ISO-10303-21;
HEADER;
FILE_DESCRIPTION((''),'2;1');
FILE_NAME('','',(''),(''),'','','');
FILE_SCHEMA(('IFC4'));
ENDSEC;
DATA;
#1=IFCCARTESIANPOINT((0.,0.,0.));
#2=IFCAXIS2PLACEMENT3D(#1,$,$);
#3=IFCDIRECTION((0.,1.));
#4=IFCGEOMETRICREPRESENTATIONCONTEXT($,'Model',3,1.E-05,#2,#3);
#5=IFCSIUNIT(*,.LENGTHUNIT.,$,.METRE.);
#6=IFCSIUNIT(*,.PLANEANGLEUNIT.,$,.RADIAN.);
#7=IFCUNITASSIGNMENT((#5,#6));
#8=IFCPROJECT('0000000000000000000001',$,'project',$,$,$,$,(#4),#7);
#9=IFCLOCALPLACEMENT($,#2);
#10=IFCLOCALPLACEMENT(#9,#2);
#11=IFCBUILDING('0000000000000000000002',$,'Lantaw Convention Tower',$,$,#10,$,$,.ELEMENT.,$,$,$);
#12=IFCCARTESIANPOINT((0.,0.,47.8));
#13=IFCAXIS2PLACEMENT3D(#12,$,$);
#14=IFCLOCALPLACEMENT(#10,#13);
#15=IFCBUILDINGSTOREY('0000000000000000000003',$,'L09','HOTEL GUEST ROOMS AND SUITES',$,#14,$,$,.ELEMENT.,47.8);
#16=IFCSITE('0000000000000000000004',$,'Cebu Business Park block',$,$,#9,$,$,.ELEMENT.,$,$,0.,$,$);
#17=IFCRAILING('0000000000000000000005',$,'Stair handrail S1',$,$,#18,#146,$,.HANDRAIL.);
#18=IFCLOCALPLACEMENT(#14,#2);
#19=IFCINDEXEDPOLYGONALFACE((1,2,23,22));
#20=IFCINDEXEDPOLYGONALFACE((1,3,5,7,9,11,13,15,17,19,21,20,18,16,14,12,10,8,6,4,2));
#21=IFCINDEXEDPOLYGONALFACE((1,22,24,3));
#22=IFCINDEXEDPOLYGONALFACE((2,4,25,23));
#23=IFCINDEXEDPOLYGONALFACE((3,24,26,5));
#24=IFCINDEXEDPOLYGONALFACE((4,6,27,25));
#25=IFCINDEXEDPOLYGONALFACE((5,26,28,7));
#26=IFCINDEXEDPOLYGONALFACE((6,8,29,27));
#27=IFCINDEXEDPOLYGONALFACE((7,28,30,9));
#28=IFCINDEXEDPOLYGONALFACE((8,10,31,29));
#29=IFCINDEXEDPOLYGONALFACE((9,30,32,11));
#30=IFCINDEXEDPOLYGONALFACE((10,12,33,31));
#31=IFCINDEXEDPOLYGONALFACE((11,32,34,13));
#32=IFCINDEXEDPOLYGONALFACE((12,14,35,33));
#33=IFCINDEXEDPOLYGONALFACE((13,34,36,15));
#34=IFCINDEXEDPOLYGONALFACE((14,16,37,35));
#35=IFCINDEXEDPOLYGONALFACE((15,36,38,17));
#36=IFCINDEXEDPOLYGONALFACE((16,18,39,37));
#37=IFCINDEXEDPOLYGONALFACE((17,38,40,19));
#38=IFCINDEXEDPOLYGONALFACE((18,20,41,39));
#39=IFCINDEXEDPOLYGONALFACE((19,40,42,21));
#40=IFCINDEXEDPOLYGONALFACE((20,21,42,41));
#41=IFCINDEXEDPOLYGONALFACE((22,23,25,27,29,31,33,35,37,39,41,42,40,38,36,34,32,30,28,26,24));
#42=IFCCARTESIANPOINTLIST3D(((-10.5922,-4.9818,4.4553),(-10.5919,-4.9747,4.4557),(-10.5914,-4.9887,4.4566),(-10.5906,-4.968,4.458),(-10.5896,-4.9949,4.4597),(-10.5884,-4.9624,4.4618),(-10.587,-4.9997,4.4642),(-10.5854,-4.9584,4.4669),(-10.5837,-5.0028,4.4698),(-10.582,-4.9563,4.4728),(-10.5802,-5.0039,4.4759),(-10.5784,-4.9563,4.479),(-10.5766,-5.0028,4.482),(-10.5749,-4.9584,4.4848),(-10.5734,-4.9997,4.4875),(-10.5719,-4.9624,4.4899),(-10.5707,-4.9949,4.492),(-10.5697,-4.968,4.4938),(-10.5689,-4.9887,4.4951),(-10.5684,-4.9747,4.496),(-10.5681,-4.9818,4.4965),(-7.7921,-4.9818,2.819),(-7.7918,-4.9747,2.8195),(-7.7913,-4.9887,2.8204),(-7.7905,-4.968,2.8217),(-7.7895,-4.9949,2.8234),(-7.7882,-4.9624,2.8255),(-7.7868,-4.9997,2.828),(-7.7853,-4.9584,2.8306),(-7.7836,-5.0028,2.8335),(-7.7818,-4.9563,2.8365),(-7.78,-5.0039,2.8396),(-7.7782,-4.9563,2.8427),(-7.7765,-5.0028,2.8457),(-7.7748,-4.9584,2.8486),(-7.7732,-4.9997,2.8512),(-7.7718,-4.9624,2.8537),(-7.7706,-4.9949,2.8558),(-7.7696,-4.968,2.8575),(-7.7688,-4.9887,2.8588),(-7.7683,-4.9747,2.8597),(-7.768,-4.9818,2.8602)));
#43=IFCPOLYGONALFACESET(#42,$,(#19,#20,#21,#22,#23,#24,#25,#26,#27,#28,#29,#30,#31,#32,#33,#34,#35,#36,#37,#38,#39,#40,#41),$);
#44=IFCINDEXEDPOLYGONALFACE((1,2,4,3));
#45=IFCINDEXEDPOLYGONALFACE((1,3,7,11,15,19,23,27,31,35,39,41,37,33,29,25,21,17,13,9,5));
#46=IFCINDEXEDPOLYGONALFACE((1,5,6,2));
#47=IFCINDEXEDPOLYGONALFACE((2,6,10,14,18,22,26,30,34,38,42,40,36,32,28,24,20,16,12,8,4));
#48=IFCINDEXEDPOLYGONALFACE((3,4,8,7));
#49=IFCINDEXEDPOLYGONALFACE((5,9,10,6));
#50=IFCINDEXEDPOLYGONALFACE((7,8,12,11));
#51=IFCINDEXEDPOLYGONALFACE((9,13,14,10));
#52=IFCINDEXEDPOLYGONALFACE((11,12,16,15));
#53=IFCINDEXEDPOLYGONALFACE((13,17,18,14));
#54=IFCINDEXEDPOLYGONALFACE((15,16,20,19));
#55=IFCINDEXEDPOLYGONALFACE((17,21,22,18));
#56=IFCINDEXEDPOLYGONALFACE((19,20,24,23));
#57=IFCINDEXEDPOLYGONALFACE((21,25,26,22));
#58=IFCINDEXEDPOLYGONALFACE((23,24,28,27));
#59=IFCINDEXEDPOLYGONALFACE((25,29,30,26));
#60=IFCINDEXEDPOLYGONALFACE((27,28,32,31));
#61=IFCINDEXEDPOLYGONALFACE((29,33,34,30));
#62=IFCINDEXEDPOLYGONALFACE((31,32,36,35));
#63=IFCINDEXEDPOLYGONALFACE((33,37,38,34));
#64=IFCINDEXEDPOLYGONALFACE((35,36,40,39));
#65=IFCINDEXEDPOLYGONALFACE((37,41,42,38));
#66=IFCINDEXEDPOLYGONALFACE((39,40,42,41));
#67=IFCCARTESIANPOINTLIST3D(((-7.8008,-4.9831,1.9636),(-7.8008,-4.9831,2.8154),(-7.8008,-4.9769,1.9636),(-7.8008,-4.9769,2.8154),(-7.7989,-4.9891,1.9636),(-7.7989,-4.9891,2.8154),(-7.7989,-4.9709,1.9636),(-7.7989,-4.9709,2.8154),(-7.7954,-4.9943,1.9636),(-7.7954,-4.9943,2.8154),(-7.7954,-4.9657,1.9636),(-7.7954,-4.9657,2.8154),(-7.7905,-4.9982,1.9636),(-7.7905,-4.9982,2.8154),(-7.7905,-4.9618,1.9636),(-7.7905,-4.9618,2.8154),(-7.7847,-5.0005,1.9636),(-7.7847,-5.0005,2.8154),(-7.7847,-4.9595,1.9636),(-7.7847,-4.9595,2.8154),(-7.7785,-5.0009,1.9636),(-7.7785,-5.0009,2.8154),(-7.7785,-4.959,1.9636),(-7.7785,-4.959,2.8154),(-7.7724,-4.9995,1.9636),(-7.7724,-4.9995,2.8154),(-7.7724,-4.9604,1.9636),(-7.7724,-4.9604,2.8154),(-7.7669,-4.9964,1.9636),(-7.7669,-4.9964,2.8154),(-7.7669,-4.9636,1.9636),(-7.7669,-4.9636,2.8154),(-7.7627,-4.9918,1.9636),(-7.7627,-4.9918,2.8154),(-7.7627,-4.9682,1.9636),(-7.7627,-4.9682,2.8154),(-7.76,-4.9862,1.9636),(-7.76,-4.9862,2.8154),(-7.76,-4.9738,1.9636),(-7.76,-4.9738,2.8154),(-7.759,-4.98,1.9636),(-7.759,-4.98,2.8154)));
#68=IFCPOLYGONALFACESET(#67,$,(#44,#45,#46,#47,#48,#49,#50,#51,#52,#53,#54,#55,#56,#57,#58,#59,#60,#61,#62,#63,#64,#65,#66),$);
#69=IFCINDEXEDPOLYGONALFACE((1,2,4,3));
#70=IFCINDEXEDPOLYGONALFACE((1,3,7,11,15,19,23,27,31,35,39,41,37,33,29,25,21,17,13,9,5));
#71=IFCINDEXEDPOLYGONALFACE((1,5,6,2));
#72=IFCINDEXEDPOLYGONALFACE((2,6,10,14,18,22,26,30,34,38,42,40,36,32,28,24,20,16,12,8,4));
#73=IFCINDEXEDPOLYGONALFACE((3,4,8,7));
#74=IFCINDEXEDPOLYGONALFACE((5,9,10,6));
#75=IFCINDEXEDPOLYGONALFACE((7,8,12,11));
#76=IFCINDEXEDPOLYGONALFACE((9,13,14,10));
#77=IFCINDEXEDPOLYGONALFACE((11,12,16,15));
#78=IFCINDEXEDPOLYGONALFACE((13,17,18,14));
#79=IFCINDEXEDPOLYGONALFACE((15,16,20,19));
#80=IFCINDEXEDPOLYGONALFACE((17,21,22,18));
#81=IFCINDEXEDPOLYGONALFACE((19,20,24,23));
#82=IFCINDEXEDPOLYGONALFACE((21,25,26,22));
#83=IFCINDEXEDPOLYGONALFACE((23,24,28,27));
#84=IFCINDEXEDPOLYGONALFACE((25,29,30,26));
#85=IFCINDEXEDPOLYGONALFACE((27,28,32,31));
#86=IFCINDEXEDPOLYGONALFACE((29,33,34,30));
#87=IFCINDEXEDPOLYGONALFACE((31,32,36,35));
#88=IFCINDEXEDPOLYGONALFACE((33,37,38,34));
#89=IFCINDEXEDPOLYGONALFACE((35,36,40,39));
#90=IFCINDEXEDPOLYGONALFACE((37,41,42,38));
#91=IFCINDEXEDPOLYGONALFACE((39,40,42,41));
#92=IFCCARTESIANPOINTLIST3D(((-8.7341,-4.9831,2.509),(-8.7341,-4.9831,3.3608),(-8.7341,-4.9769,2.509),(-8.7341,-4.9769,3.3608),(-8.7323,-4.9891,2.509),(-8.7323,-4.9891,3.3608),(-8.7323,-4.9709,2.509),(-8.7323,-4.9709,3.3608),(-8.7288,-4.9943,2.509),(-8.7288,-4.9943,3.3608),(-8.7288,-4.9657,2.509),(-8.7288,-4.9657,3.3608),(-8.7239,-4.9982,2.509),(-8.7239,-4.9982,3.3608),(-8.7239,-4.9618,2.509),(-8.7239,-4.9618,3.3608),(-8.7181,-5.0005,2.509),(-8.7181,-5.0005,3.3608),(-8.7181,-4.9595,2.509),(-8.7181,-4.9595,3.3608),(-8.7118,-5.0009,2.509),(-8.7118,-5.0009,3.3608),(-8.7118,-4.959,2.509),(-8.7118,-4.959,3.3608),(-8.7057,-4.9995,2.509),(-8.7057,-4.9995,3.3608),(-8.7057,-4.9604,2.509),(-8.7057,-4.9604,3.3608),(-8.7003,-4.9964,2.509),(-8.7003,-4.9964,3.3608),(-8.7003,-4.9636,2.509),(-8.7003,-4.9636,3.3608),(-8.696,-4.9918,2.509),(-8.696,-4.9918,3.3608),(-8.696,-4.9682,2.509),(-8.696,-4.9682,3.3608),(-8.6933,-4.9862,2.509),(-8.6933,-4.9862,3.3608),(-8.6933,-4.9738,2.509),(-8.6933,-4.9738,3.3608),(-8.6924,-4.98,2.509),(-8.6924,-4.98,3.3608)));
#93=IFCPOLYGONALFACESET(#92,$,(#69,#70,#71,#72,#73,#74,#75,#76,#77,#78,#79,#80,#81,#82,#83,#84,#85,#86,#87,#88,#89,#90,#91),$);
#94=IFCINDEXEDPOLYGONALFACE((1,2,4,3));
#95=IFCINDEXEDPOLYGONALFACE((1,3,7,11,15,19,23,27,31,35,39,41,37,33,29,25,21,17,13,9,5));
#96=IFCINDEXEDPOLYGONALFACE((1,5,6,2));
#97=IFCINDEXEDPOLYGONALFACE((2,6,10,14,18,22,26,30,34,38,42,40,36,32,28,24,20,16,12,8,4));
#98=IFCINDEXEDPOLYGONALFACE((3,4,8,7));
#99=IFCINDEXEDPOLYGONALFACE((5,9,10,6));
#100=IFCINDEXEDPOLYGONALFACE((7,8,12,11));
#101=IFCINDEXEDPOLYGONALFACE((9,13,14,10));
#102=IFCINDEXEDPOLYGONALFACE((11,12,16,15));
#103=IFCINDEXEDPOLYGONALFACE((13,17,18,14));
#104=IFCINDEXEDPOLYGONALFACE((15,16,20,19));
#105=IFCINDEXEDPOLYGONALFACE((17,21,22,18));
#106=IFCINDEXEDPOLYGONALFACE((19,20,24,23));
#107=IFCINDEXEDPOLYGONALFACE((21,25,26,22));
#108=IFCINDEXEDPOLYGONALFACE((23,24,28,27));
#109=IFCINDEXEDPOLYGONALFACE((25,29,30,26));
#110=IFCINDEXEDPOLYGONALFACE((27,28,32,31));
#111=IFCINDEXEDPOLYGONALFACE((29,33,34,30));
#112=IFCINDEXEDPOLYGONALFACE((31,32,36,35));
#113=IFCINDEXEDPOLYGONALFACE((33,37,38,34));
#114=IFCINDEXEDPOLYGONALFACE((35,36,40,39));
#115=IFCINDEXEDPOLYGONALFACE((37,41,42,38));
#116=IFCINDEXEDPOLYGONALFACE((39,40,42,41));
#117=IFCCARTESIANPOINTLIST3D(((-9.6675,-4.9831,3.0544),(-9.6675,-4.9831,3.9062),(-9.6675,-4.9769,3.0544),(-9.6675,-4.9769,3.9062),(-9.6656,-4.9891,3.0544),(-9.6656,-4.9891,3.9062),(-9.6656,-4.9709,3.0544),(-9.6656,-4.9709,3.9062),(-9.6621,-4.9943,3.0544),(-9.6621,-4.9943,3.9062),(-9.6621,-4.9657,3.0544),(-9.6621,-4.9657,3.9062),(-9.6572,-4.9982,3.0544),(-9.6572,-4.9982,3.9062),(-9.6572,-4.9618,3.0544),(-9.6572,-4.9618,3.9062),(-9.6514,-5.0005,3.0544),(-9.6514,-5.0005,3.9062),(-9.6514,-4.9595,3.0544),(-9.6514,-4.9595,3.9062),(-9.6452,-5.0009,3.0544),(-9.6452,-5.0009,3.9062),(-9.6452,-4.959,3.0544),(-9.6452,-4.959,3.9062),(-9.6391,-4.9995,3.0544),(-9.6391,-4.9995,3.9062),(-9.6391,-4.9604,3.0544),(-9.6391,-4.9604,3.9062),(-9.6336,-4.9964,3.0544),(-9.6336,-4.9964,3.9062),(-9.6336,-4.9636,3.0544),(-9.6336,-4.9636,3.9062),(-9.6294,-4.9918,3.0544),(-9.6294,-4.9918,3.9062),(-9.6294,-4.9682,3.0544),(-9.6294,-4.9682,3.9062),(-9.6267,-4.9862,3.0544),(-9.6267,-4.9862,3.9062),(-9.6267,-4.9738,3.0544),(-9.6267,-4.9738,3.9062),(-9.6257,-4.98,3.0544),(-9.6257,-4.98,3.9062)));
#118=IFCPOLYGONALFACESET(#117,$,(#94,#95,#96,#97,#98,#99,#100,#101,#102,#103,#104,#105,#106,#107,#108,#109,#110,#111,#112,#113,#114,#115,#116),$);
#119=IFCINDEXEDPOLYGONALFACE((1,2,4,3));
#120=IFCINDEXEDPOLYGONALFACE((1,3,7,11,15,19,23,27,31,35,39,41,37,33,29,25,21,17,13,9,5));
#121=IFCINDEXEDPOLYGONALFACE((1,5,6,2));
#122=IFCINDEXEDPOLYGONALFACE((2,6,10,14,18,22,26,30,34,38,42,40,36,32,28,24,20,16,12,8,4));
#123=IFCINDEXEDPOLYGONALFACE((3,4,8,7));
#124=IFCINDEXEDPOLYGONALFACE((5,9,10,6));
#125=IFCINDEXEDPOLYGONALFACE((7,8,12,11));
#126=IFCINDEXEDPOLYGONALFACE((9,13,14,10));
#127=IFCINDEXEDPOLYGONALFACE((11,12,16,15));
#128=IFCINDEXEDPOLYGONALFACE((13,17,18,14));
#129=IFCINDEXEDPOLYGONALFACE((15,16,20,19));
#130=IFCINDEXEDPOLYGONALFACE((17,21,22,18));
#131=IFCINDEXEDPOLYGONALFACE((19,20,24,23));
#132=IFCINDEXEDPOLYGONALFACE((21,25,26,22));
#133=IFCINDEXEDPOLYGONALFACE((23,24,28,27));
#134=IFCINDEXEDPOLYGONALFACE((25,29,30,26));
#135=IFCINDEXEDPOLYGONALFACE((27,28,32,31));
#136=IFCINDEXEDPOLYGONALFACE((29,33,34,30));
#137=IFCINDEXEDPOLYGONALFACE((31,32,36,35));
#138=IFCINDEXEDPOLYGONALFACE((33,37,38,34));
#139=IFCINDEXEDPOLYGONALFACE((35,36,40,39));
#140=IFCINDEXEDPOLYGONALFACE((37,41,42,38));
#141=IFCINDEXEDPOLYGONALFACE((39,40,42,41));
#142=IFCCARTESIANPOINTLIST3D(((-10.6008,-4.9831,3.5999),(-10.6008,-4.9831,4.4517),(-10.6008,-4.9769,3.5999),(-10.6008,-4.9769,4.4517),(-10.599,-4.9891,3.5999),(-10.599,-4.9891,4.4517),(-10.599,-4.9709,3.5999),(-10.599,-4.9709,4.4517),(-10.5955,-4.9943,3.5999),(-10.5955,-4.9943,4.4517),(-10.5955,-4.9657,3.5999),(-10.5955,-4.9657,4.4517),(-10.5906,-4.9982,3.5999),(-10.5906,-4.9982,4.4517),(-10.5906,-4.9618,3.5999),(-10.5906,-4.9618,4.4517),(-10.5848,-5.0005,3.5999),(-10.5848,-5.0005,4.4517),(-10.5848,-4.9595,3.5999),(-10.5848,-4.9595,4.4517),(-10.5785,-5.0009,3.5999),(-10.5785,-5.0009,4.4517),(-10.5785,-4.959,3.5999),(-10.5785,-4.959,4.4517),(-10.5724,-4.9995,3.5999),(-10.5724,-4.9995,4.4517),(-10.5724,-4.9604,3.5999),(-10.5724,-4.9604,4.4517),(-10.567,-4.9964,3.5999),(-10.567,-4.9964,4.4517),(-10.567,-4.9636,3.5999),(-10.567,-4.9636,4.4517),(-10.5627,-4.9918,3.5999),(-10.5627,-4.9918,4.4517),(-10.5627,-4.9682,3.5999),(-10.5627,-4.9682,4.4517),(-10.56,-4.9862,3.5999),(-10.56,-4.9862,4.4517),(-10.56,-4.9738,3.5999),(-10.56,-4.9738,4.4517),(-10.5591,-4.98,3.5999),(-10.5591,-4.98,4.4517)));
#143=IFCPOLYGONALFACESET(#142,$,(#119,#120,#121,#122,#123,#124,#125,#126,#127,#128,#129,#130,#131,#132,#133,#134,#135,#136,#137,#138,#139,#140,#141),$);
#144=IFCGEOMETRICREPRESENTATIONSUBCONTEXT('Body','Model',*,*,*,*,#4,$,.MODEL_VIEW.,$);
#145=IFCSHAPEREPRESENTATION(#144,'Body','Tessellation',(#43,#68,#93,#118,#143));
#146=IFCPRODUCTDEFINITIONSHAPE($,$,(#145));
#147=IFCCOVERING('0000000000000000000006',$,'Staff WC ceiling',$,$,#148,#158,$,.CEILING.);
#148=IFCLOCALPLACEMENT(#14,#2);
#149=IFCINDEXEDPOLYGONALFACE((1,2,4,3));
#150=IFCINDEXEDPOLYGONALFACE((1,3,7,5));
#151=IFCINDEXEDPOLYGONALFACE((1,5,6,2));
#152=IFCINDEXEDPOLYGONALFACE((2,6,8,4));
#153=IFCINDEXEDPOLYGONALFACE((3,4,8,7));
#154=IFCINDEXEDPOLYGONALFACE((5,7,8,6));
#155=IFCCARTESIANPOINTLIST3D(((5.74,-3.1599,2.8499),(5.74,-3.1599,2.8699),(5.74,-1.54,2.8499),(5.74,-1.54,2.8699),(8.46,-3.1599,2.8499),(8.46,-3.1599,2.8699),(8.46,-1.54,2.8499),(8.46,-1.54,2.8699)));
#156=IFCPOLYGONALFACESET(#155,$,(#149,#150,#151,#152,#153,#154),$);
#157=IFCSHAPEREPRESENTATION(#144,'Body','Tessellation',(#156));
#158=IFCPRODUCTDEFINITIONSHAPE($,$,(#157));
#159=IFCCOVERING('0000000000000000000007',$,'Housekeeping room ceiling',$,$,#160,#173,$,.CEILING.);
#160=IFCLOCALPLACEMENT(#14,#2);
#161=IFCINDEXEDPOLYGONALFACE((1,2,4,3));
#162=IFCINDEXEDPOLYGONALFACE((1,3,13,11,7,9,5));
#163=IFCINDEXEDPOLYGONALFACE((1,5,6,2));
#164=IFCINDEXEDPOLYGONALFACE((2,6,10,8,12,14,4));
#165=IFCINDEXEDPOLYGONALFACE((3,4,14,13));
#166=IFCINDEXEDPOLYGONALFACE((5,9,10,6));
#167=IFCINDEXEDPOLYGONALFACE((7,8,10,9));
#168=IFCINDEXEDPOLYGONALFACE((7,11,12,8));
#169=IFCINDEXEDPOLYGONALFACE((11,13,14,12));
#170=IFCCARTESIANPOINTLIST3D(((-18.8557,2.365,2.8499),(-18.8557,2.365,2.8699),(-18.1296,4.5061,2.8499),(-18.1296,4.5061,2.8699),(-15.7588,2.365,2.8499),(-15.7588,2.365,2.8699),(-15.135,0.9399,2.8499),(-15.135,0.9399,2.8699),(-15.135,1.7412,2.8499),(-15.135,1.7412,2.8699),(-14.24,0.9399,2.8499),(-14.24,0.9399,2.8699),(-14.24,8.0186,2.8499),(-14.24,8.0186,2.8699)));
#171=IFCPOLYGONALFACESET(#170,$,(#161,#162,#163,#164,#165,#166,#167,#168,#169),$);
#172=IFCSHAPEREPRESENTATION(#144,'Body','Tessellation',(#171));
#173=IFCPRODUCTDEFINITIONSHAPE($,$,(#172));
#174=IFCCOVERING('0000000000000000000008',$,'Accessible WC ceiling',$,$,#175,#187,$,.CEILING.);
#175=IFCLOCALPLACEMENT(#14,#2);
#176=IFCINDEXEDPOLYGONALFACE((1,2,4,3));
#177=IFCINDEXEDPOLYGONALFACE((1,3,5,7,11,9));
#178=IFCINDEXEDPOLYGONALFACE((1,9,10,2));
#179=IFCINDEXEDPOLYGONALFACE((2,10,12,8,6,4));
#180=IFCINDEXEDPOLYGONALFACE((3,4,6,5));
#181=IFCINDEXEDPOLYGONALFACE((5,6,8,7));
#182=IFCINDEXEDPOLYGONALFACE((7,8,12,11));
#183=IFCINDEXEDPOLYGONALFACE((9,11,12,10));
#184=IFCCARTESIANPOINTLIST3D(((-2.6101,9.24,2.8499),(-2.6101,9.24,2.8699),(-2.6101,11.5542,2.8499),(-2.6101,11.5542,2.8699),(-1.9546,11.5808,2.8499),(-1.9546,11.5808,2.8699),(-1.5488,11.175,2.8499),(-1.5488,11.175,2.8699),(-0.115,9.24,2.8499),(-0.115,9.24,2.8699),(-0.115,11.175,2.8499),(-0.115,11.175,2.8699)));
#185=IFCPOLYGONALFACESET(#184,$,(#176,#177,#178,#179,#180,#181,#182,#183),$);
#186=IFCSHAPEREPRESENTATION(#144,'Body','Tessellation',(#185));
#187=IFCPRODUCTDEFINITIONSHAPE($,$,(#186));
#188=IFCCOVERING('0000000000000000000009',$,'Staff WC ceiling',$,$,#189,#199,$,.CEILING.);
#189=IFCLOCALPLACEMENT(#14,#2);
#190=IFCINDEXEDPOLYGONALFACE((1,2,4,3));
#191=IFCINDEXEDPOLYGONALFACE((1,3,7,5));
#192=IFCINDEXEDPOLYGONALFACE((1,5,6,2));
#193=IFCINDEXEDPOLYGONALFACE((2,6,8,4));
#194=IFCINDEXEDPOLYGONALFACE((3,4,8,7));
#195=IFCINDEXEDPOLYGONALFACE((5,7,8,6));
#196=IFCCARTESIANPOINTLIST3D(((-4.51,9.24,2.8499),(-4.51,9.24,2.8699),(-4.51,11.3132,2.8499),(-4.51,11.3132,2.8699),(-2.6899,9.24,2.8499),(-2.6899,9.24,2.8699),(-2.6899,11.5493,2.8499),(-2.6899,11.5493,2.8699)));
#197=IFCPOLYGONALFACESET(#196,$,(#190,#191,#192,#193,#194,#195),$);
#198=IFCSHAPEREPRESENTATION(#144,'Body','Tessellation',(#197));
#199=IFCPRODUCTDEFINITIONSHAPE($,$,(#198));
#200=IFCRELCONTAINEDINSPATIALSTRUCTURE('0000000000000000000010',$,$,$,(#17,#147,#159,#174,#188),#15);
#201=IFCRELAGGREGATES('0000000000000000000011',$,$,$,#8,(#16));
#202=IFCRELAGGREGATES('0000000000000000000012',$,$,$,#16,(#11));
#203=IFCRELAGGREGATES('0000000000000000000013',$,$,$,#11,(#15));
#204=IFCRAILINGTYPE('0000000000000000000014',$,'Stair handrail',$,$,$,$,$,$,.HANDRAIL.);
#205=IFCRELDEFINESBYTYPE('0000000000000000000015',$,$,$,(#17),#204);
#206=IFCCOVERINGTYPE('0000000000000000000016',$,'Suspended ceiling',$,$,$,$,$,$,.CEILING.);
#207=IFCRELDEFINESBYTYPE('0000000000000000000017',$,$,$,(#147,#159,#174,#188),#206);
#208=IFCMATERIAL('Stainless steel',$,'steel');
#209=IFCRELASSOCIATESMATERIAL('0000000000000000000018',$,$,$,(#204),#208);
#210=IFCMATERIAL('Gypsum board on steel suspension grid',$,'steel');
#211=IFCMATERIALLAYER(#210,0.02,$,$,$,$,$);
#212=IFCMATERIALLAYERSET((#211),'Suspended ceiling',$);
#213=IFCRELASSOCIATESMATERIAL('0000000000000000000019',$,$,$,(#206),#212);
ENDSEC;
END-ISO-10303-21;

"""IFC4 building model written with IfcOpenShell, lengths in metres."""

from ifc_helpers import new_model, si_unit, direction, frame, origin, origin_2d, place, context, subcontext, project, spatial, polyline, circle, outline, extrude, material, layer, layer_set, type_object, element, save


model = new_model("IFC4")

# Units and contexts
model_context = context("Model", 3, precision=1e-05, world=origin(), true_north=direction((0.0, 1.0)))
body_context = subcontext(model_context, "Body", "Model", "MODEL_VIEW")
ifc_project = project(units=[si_unit("LENGTHUNIT", "METRE"), si_unit("PLANEANGLEUNIT", "RADIAN")], contexts=[model_context])

# Site, building, storey
site_placement = place(None, origin())
site = spatial("IfcSite", under=ifc_project, at=site_placement, Name="Cebu Business Park block", CompositionType="ELEMENT", RefElevation=0.0)
building_placement = place(site_placement, origin())
building = spatial("IfcBuilding", under=site, at=building_placement, Name="Lantaw Convention Tower", CompositionType="ELEMENT")
storey_placement = place(building_placement, frame((0.0, 0.0, 47.8)))
storey = spatial("IfcBuildingStorey", under=building, at=storey_placement, Name="L09", Description="HOTEL GUEST ROOMS AND SUITES", CompositionType="ELEMENT", Elevation=47.8)

# Shared definitions
ifc_material_1 = material(Name="Stainless steel", Category="steel")

# Railing
railing_type = type_object("IfcRailingType", Name="Stair handrail", PredefinedType="HANDRAIL", material=ifc_material_1)
railing_1_placement = place(storey_placement, frame((-7.78, -4.98, 1.9636)))
element("IfcRailing", 1, at=railing_1_placement, inside=storey, type_object=railing_type, Name="Stair handrail S1", PredefinedType="HANDRAIL", context=body_context, shape_type="SweptSolid", body=[
    extrude(circle(Radius=0.0239, at=origin_2d()), frame((0.0, 0.0, 0.876), z_axis=(-0.863394, 0.0, 0.504531), x_axis=(0.0, -1.0, 0.0)), (0.0, 0.0, 1.0), 3.2432),
    extrude(circle(Radius=0.021, at=origin_2d()), origin(), (0.0, 0.0, 1.0), 0.8518),
    extrude(circle(Radius=0.021, at=origin_2d()), frame((-0.9333, 0.0, 0.5454)), (0.0, 0.0, 1.0), 0.8518),
    extrude(circle(Radius=0.021, at=origin_2d()), frame((-1.8667, 0.0, 1.0908)), (0.0, 0.0, 1.0), 0.8518),
    extrude(circle(Radius=0.021, at=origin_2d()), frame((-2.8, 0.0, 1.6362)), (0.0, 0.0, 1.0), 0.8518),
])

# Coverings
ifc_material_2 = material(Name="Gypsum board on steel suspension grid", Category="steel")
ifc_layer_1 = layer(ifc_material_2, 0.02)
ifc_layer_set_1 = layer_set([ifc_layer_1], Name="Suspended ceiling")
covering_type = type_object("IfcCoveringType", Name="Suspended ceiling", PredefinedType="CEILING", material=ifc_layer_set_1)
covering_1_placement = place(storey_placement, frame((0.0, 0.0, 2.8499)))
element("IfcCovering", 2, at=covering_1_placement, inside=storey, type_object=covering_type, Name="Staff WC ceiling", PredefinedType="CEILING", context=body_context, shape_type="SweptSolid", body=[
    extrude(outline(polyline([(5.74, -3.1599), (8.46, -3.1599), (8.46, -1.54), (5.74, -1.54), (5.74, -3.1599)])), origin(), (0.0, 0.0, 1.0), 0.02),
])
covering_2_placement = place(storey_placement, frame((0.0, 0.0, 2.8499)))
element("IfcCovering", 3, at=covering_2_placement, inside=storey, type_object=covering_type, Name="Housekeeping room ceiling", PredefinedType="CEILING", context=body_context, shape_type="SweptSolid", body=[
    extrude(outline(polyline([(-14.24, 0.9399), (-14.24, 8.0186), (-18.1296, 4.5061), (-18.8557, 2.365), (-15.7588, 2.365), (-15.135, 1.7412), (-15.135, 0.9399), (-14.24, 0.9399)])), origin(), (0.0, 0.0, 1.0), 0.02),
])
covering_3_placement = place(storey_placement, frame((0.0, 0.0, 2.8499)))
element("IfcCovering", 4, at=covering_3_placement, inside=storey, type_object=covering_type, Name="Accessible WC ceiling", PredefinedType="CEILING", context=body_context, shape_type="SweptSolid", body=[
    extrude(outline(polyline([(-0.115, 9.24), (-0.115, 11.175), (-1.5488, 11.175), (-1.9546, 11.5808), (-2.6101, 11.5542), (-2.6101, 9.24), (-0.115, 9.24)])), origin(), (0.0, 0.0, 1.0), 0.02),
])
covering_4_placement = place(storey_placement, frame((0.0, 0.0, 2.8499)))
element("IfcCovering", 5, at=covering_4_placement, inside=storey, type_object=covering_type, Name="Staff WC ceiling", PredefinedType="CEILING", context=body_context, shape_type="SweptSolid", body=[
    extrude(outline(polyline([(-2.6899, 11.5493), (-4.51, 11.3132), (-4.51, 9.24), (-2.6899, 9.24), (-2.6899, 11.5493)])), origin(), (0.0, 0.0, 1.0), 0.02),
])

save(model, "model.ifc")
